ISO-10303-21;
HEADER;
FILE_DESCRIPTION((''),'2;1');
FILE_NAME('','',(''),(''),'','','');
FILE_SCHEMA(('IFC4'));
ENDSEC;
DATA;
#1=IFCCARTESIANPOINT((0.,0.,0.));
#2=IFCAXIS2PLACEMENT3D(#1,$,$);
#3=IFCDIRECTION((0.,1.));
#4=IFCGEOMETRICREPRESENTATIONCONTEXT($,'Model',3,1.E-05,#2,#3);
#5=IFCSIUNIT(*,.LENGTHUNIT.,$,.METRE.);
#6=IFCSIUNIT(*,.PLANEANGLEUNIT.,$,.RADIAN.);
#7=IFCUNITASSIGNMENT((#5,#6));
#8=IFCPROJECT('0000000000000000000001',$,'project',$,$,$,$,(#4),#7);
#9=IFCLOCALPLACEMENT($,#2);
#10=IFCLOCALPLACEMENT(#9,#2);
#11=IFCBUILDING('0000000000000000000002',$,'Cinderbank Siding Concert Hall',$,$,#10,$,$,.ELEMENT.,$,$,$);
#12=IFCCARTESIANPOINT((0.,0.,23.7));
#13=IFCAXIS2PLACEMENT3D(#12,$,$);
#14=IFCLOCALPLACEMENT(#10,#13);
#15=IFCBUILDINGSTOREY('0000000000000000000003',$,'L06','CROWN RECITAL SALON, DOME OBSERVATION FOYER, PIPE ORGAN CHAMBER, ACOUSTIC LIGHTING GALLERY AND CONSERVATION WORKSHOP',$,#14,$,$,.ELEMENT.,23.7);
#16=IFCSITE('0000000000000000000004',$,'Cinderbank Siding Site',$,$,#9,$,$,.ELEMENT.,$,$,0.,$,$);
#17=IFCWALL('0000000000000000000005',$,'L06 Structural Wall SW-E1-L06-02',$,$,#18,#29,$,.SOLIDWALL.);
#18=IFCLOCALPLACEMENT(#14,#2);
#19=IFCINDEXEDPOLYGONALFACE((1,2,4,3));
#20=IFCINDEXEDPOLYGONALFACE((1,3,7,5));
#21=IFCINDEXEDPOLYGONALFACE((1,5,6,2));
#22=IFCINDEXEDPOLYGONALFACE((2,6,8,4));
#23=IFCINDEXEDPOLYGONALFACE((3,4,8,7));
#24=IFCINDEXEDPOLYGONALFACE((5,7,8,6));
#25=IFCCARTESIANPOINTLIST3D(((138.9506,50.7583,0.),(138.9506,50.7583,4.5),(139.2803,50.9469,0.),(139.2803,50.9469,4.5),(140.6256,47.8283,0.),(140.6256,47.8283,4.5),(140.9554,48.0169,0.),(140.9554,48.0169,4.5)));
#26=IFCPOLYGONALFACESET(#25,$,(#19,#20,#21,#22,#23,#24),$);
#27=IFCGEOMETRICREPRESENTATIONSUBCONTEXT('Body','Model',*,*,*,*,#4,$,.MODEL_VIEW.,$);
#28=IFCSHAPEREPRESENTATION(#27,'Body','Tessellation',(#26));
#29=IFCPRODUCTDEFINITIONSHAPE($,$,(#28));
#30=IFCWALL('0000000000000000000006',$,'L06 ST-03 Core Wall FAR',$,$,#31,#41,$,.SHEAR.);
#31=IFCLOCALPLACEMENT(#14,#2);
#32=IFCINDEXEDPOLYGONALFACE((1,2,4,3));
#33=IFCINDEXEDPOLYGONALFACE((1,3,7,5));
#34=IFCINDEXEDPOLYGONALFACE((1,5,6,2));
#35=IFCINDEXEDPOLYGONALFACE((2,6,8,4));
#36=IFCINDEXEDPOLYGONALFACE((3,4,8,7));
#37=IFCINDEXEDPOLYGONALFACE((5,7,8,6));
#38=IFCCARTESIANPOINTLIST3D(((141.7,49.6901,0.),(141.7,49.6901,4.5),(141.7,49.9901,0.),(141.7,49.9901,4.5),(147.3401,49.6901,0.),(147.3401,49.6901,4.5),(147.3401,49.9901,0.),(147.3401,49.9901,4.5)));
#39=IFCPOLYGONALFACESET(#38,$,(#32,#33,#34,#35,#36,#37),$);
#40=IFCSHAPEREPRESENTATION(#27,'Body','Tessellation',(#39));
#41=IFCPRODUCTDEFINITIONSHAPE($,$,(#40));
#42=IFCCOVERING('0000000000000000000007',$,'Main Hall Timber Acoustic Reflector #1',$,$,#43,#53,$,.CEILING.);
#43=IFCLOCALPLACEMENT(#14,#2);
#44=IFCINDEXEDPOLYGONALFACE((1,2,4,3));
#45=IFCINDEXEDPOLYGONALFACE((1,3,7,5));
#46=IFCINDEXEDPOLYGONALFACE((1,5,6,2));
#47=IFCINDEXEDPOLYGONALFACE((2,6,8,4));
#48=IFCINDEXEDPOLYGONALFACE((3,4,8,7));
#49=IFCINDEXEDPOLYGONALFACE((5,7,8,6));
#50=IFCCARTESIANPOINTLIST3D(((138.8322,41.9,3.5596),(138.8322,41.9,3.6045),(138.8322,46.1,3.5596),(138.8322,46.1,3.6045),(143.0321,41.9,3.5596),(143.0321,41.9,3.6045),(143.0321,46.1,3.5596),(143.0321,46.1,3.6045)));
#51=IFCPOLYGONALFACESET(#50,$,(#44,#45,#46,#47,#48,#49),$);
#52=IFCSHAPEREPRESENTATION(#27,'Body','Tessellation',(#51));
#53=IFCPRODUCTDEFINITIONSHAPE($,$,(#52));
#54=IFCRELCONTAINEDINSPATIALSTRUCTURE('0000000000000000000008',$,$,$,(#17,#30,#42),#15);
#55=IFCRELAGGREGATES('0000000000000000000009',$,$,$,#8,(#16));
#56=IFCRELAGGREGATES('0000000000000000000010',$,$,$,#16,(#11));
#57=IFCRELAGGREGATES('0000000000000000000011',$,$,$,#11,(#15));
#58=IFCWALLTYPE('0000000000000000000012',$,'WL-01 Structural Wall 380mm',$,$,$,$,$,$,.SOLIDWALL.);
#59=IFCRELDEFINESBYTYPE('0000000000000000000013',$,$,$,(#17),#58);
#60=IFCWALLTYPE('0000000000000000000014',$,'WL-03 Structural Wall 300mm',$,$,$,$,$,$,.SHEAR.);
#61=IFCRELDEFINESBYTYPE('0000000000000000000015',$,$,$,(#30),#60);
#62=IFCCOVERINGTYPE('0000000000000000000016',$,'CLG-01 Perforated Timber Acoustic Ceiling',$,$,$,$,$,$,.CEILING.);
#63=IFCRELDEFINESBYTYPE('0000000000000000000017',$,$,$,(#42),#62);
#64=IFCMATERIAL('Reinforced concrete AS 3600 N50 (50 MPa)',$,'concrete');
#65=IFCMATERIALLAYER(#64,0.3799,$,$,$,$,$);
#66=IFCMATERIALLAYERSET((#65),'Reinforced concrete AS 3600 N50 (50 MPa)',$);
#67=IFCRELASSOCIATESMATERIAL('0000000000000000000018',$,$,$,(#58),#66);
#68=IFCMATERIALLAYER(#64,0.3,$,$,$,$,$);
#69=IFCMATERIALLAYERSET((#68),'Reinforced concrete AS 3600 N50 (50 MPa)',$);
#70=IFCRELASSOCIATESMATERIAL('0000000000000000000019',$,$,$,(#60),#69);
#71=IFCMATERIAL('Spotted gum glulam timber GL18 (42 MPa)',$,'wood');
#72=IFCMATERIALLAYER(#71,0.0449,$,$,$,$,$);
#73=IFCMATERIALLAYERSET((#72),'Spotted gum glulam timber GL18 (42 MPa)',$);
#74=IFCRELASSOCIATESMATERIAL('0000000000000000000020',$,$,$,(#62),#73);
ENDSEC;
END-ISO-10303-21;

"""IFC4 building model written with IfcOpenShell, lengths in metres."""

from ifc_helpers import new_model, si_unit, direction, frame, frame_2d, origin, origin_2d, place, context, subcontext, project, spatial, rectangle, extrude, material, layer, layer_set, type_object, element, save


model = new_model("IFC4")

# Units and contexts
model_context = context("Model", 3, precision=1e-05, world=origin(), true_north=direction((0.0, 1.0)))
body_context = subcontext(model_context, "Body", "Model", "MODEL_VIEW")
ifc_project = project(units=[si_unit("LENGTHUNIT", "METRE"), si_unit("PLANEANGLEUNIT", "RADIAN")], contexts=[model_context])

# Site, building, storey
site_placement = place(None, origin())
site = spatial("IfcSite", under=ifc_project, at=site_placement, Name="Cinderbank Siding Site", CompositionType="ELEMENT", RefElevation=0.0)
building_placement = place(site_placement, origin())
building = spatial("IfcBuilding", under=site, at=building_placement, Name="Cinderbank Siding Concert Hall", CompositionType="ELEMENT")
storey_placement = place(building_placement, frame((0.0, 0.0, 23.7)))
storey = spatial("IfcBuildingStorey", under=building, at=storey_placement, Name="L06", Description="CROWN RECITAL SALON, DOME OBSERVATION FOYER, PIPE ORGAN CHAMBER, ACOUSTIC LIGHTING GALLERY AND CONSERVATION WORKSHOP", CompositionType="ELEMENT", Elevation=23.7)

# Shared definitions
ifc_material_1 = material(Name="Reinforced concrete AS 3600 N50 (50 MPa)", Category="concrete")

# Walls
ifc_layer_1 = layer(ifc_material_1, 0.3799)
ifc_layer_set_1 = layer_set([ifc_layer_1], Name="Reinforced concrete AS 3600 N50 (50 MPa)")
wall_type_1 = type_object("IfcWallType", Name="WL-01 Structural Wall 380mm", PredefinedType="SOLIDWALL", material=ifc_layer_set_1)
wall_1_placement = place(storey_placement, frame((140.7905, 47.9226, 0.0), z_axis=(0.0, 0.0, 1.0), x_axis=(-0.496318, 0.868141, 0.0)))
element("IfcWall", 1, at=wall_1_placement, inside=storey, type_object=wall_type_1, Name="L06 Structural Wall SW-E1-L06-02", PredefinedType="SOLIDWALL", context=body_context, shape_type="SweptSolid", body=[
    extrude(rectangle(XDim=3.375, YDim=0.3799, at=frame_2d((1.6875, 0.0))), origin(), (0.0, 0.0, 1.0), 4.5),
])
ifc_layer_2 = layer(ifc_material_1, 0.3)
ifc_layer_set_2 = layer_set([ifc_layer_2], Name="Reinforced concrete AS 3600 N50 (50 MPa)")
wall_type_2 = type_object("IfcWallType", Name="WL-03 Structural Wall 300mm", PredefinedType="SHEAR", material=ifc_layer_set_2)
wall_2_placement = place(storey_placement, frame((141.7, 49.8401, 0.0), z_axis=(0.0, 0.0, 1.0), x_axis=(1.0, 0.0, 0.0)))
element("IfcWall", 2, at=wall_2_placement, inside=storey, type_object=wall_type_2, Name="L06 ST-03 Core Wall FAR", PredefinedType="SHEAR", context=body_context, shape_type="SweptSolid", body=[
    extrude(rectangle(XDim=5.6401, YDim=0.3, at=frame_2d((2.8201, 0.0))), origin(), (0.0, 0.0, 1.0), 4.5),
])

# Covering
ifc_material_2 = material(Name="Spotted gum glulam timber GL18 (42 MPa)", Category="wood")
ifc_layer_3 = layer(ifc_material_2, 0.0449)
ifc_layer_set_3 = layer_set([ifc_layer_3], Name="Spotted gum glulam timber GL18 (42 MPa)")
covering_type = type_object("IfcCoveringType", Name="CLG-01 Perforated Timber Acoustic Ceiling", PredefinedType="CEILING", material=ifc_layer_set_3)
covering_placement = place(storey_placement, frame((140.9321, 44.0, 3.5596), z_axis=(0.0, 0.0, 1.0), x_axis=(1.0, 0.0, 0.0)))
element("IfcCovering", 3, at=covering_placement, inside=storey, type_object=covering_type, Name="Main Hall Timber Acoustic Reflector #1", PredefinedType="CEILING", context=body_context, shape_type="SweptSolid", body=[
    extrude(rectangle(XDim=4.2, YDim=4.2, at=origin_2d()), origin(), (0.0, 0.0, 1.0), 0.0449),
])

save(model, "model.ifc")
